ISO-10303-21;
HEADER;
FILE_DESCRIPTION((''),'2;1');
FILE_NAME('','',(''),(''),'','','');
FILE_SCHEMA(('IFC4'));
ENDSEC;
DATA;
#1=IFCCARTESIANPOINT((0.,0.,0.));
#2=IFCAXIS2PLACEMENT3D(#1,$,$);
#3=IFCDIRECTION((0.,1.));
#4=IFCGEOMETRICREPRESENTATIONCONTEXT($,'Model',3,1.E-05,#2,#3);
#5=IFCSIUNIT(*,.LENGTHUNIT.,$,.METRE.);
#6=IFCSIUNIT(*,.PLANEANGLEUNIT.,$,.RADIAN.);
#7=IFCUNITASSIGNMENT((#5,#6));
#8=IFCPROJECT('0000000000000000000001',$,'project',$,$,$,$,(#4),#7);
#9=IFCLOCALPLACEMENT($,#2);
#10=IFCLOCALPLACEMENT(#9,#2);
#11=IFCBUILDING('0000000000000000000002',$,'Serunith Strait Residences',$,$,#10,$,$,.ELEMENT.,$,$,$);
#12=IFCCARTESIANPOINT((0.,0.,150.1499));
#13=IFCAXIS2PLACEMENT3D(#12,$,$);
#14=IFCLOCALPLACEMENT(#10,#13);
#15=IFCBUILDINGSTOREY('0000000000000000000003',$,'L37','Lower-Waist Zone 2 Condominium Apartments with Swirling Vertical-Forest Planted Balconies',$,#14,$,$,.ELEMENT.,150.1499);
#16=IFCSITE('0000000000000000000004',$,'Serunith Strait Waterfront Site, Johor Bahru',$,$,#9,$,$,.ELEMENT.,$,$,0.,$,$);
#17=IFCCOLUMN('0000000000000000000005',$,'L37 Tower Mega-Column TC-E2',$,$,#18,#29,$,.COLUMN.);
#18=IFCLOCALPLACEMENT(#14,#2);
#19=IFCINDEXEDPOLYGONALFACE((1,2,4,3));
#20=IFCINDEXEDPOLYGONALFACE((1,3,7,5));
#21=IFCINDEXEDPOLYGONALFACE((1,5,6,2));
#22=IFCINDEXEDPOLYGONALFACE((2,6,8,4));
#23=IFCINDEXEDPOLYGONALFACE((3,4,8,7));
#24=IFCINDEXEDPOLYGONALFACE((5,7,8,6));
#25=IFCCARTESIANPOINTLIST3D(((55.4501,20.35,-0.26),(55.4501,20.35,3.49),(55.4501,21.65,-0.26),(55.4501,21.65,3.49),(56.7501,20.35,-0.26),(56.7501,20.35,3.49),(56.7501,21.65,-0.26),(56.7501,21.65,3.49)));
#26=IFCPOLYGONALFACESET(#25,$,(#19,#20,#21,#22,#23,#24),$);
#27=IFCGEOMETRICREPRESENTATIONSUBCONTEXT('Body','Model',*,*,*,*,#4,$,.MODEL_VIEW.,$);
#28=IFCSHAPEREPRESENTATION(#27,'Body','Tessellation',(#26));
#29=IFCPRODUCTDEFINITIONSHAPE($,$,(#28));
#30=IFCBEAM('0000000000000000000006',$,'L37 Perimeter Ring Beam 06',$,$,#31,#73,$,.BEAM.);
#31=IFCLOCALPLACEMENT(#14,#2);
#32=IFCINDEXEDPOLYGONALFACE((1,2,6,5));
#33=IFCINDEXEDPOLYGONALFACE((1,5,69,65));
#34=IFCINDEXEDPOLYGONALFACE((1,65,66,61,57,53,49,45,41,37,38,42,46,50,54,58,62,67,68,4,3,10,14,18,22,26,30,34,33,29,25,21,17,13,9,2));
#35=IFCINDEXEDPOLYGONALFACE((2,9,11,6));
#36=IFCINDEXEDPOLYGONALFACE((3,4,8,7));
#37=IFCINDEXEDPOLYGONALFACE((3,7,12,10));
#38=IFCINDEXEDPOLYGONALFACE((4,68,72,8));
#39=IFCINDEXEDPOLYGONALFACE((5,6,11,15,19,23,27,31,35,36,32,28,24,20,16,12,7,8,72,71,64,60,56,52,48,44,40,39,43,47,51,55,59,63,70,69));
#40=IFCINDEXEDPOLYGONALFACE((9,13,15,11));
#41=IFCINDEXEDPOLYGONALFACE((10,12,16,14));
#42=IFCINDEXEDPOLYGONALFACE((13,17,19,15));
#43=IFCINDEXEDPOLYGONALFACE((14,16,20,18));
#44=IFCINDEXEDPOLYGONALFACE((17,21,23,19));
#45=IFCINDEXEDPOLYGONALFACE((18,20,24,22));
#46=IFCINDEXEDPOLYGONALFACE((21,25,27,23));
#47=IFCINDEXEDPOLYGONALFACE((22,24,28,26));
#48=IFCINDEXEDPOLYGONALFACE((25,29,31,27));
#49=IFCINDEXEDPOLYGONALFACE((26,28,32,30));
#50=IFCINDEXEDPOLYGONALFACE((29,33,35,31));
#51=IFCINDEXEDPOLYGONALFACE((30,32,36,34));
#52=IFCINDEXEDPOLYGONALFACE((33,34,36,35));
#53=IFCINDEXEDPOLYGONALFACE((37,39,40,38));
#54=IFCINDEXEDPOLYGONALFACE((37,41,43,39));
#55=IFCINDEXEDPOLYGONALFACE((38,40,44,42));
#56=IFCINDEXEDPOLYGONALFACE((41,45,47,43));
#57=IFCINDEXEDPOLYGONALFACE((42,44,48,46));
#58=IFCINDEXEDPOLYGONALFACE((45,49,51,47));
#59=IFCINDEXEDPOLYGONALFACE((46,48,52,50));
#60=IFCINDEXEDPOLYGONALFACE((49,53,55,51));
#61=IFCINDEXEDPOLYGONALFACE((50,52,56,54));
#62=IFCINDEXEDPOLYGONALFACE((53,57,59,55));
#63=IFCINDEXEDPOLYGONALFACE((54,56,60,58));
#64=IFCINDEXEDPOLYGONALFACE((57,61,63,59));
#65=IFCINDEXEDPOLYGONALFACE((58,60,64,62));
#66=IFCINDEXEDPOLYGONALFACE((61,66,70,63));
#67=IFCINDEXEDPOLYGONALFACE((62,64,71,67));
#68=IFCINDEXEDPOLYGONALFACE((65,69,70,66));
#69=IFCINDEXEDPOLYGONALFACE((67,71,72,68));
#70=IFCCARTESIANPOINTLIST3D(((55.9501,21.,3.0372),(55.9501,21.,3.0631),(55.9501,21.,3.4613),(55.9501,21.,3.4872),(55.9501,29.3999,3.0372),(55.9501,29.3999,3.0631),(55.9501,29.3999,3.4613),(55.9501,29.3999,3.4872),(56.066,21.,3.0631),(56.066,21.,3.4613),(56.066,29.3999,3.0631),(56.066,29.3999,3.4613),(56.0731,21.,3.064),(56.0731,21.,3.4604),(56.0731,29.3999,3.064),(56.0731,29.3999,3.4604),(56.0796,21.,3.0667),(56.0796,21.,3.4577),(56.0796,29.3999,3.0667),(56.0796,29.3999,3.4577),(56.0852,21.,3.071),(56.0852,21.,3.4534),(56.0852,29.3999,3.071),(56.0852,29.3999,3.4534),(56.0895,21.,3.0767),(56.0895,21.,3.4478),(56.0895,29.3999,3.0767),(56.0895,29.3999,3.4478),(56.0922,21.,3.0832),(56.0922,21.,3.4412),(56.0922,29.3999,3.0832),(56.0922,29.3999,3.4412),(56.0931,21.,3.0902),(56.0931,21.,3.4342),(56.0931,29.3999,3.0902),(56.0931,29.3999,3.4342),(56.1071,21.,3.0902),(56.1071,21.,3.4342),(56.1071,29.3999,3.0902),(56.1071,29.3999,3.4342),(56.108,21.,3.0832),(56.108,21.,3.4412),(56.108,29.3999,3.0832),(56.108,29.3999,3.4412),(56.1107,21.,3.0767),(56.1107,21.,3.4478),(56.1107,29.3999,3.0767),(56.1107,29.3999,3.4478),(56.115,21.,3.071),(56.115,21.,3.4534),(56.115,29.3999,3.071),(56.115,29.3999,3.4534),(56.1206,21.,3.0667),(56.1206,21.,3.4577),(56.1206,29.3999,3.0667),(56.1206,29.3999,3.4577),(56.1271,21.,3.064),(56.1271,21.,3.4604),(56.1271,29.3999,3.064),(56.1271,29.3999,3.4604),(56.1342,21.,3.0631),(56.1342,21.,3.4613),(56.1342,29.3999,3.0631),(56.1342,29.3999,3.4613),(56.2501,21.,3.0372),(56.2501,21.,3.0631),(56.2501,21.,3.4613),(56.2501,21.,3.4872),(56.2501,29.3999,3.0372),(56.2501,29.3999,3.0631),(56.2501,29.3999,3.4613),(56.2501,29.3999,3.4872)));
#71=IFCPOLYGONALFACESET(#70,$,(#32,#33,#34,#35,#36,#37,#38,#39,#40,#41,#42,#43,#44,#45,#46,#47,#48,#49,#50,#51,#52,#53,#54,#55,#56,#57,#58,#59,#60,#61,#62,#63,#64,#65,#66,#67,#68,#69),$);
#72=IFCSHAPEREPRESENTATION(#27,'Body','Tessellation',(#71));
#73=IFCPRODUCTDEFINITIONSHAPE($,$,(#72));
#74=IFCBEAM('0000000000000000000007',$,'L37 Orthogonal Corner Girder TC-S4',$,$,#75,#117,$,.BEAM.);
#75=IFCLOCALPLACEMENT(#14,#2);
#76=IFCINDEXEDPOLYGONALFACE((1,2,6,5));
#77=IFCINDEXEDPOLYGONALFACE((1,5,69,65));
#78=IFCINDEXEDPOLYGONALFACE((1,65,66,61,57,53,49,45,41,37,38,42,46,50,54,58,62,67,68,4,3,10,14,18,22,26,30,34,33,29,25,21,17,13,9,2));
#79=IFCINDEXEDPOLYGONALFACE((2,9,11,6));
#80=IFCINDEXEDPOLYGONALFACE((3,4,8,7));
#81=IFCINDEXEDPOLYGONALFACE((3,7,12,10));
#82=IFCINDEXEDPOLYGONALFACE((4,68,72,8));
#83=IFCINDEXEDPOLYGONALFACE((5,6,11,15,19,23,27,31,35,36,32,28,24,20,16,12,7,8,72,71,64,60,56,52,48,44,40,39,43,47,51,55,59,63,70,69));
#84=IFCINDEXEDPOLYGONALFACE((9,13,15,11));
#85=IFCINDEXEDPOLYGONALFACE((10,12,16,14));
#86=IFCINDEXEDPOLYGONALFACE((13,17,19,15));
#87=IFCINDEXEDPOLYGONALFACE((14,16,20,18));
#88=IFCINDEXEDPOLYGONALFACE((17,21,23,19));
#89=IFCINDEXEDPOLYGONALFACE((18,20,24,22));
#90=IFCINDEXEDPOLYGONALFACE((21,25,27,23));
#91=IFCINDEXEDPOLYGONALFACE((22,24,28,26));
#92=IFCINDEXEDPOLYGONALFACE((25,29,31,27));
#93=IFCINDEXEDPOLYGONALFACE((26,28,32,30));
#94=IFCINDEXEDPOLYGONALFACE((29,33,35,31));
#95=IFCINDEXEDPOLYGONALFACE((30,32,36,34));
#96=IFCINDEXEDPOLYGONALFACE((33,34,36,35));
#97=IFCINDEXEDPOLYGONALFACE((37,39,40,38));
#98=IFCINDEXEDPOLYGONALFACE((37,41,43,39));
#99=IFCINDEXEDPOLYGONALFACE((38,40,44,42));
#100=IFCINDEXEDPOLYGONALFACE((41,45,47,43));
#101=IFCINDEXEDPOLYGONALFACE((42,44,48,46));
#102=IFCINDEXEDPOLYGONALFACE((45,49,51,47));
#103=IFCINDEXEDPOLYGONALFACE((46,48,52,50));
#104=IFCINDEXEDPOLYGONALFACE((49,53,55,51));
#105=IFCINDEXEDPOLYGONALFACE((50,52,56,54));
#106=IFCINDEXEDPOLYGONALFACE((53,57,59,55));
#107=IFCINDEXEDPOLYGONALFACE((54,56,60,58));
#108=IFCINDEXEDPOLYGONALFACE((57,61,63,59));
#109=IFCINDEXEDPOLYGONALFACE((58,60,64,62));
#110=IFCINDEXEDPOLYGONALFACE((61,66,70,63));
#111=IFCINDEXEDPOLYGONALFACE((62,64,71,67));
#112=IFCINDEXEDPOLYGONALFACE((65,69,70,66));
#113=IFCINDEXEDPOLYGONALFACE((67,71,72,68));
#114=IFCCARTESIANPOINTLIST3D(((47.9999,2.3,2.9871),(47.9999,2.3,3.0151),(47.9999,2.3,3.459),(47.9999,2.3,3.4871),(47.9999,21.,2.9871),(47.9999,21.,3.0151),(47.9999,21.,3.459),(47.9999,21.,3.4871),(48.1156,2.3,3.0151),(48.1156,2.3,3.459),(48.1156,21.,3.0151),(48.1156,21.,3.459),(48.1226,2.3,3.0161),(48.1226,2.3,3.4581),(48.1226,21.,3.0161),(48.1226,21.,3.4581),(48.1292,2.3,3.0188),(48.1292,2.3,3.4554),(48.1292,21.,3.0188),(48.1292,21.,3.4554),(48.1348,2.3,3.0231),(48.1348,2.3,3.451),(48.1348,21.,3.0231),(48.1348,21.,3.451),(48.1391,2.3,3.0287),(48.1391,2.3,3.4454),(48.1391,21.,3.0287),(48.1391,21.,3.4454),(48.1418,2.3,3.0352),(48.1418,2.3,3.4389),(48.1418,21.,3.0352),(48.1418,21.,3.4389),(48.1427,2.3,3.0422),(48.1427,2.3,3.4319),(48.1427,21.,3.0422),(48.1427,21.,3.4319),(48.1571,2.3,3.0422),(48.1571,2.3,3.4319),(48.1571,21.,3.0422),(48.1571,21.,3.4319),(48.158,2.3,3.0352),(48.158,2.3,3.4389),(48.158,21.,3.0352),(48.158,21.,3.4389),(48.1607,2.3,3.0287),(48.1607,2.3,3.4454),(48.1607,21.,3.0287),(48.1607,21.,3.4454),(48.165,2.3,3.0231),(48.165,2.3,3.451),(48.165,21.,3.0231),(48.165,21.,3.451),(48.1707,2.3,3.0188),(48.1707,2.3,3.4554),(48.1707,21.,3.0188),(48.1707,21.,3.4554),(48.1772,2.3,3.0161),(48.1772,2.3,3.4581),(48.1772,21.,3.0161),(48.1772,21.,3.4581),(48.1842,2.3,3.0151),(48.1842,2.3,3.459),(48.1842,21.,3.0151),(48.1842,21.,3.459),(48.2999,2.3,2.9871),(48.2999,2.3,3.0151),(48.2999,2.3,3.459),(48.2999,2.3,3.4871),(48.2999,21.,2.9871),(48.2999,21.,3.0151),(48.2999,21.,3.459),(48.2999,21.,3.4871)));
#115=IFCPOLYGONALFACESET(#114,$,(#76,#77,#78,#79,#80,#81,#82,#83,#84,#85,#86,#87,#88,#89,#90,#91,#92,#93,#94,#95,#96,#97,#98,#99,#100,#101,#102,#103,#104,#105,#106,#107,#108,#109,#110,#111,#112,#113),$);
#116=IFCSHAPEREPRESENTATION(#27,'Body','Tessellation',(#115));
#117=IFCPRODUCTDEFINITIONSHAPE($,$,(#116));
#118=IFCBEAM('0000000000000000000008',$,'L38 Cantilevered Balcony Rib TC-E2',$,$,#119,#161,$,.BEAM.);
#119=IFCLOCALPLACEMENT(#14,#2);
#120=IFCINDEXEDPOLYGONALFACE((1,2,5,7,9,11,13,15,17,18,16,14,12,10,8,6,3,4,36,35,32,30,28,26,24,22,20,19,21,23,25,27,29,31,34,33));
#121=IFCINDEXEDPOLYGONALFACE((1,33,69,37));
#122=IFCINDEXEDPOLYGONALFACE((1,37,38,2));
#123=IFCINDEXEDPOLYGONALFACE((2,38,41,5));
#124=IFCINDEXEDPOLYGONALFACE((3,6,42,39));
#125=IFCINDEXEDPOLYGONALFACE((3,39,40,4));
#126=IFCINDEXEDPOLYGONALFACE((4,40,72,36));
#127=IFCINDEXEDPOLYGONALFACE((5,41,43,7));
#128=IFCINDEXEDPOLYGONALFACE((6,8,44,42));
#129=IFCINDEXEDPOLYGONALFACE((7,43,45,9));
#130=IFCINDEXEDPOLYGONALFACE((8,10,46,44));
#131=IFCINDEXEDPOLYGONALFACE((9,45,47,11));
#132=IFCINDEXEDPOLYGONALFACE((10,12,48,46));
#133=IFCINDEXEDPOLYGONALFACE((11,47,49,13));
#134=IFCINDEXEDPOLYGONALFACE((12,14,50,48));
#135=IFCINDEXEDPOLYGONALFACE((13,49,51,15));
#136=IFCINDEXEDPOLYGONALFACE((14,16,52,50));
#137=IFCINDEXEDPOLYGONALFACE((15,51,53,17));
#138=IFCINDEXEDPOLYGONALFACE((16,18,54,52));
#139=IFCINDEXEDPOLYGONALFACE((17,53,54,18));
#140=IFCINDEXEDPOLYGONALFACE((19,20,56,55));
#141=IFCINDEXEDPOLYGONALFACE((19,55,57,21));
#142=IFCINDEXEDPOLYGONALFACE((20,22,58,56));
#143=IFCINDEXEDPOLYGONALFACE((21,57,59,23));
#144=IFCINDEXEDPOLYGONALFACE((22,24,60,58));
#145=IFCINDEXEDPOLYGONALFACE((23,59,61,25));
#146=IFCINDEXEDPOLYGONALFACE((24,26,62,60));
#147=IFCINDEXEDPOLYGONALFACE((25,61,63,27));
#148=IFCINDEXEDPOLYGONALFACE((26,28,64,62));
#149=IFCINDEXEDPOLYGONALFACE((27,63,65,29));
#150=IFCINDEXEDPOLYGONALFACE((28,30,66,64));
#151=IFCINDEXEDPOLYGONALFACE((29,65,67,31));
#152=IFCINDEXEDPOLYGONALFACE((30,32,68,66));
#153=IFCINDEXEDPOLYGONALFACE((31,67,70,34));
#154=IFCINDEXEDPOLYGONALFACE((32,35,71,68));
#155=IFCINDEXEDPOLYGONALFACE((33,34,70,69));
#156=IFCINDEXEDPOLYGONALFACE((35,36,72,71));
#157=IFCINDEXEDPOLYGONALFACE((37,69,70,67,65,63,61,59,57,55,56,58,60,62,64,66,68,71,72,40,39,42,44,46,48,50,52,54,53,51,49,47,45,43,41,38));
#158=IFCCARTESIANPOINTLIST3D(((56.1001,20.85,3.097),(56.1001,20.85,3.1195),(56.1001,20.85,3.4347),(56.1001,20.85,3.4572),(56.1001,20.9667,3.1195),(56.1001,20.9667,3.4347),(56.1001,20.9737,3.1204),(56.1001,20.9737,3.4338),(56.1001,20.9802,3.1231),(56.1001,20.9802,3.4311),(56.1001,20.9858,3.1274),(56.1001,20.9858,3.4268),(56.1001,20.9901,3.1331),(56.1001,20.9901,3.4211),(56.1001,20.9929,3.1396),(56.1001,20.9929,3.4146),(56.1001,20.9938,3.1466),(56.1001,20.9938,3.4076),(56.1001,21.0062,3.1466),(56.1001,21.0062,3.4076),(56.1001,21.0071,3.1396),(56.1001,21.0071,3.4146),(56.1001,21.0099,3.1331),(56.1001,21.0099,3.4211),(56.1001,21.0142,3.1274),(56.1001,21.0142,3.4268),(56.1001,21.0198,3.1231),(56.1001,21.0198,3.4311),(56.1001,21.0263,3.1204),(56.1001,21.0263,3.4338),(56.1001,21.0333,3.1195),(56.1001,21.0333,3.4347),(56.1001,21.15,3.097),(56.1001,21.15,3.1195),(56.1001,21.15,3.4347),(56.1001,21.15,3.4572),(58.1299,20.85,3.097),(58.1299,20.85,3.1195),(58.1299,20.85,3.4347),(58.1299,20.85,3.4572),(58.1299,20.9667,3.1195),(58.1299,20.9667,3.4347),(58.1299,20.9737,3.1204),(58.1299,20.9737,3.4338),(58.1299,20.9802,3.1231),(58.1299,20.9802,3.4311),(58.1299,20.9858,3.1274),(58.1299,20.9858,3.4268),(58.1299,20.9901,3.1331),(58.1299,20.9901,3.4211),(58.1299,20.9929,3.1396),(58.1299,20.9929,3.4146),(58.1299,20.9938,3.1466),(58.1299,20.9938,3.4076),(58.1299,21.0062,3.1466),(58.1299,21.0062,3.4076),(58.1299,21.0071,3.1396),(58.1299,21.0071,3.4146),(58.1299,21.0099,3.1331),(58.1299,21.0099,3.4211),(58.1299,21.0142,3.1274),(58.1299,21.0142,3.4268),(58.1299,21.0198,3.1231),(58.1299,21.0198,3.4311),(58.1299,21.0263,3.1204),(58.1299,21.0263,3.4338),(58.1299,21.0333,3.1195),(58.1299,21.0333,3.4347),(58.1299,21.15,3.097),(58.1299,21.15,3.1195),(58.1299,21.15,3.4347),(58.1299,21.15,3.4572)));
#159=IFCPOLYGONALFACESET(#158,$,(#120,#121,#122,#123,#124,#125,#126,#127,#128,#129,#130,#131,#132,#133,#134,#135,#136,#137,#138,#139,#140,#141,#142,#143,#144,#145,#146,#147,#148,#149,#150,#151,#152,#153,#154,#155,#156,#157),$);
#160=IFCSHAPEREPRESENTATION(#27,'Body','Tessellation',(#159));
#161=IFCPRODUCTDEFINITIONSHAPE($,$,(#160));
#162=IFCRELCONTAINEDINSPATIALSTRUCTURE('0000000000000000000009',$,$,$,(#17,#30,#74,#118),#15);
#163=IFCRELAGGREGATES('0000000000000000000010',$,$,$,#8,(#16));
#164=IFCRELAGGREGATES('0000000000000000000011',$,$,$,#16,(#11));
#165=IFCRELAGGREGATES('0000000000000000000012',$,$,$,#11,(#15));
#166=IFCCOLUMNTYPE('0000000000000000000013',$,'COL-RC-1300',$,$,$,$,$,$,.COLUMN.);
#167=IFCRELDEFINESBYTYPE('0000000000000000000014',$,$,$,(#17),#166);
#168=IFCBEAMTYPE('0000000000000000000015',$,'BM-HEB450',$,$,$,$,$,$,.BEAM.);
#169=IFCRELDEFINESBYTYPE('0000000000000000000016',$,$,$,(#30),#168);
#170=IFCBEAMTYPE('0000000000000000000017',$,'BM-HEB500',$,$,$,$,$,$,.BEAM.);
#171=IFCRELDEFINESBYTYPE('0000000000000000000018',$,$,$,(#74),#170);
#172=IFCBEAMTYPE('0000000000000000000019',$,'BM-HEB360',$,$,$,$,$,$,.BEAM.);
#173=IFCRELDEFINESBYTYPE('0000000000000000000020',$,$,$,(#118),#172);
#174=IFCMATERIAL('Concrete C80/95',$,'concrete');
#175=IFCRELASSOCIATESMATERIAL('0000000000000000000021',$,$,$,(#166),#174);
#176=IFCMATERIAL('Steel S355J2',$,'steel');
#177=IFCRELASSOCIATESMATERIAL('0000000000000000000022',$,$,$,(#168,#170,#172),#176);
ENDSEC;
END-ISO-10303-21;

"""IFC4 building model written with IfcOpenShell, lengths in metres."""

from ifc_helpers import new_model, si_unit, direction, frame, origin, origin_2d, place, context, subcontext, project, spatial, rectangle, i_section, extrude, source, transform, mapped, material, material_profile, profile_set, type_object, element, save


model = new_model("IFC4")

# Units and contexts
model_context = context("Model", 3, precision=1e-05, world=origin(), true_north=direction((0.0, 1.0)))
body_context = subcontext(model_context, "Body", "Model", "MODEL_VIEW")
ifc_project = project(units=[si_unit("LENGTHUNIT", "METRE"), si_unit("PLANEANGLEUNIT", "RADIAN")], contexts=[model_context])

# Site, building, storey
site_placement = place(None, origin())
site = spatial("IfcSite", under=ifc_project, at=site_placement, Name="Serunith Strait Waterfront Site, Johor Bahru", CompositionType="ELEMENT", RefElevation=0.0)
building_placement = place(site_placement, origin())
building = spatial("IfcBuilding", under=site, at=building_placement, Name="Serunith Strait Residences", CompositionType="ELEMENT")
storey_placement = place(building_placement, frame((0.0, 0.0, 150.1499)))
storey = spatial("IfcBuildingStorey", under=building, at=storey_placement, Name="L37", Description="Lower-Waist Zone 2 Condominium Apartments with Swirling Vertical-Forest Planted Balconies", CompositionType="ELEMENT", Elevation=150.1499)

# Column
ifc_material_1 = material(Name="Concrete C80/95", Category="concrete")
ifc_material_profile_1 = material_profile(ifc_material_1, rectangle(XDim=1.3, YDim=1.3, at=origin_2d()), Name="RC 1300x1300")
ifc_profile_set_1 = profile_set([ifc_material_profile_1], Name="Concrete C80/95")
column_type = type_object("IfcColumnType", Name="COL-RC-1300", PredefinedType="COLUMN", material=ifc_profile_set_1)
shared_shape_1 = source(origin(), body_context, "Body", "SweptSolid", [
    extrude(rectangle(XDim=1.3, YDim=1.3, at=origin_2d()), origin(), (0.0, 0.0, 1.0), 3.75),
])
column_placement = place(storey_placement, frame((56.1001, 21.0, -0.26), z_axis=(0.0, 0.0, 1.0), x_axis=(1.0, 0.0, 0.0)))
element("IfcColumn", 1, at=column_placement, inside=storey, type_object=column_type, Name="L37 Tower Mega-Column TC-E2", PredefinedType="COLUMN", context=body_context, shape_type="MappedRepresentation", body=[
    mapped(shared_shape_1, transform((0.0, 0.0, 0.0), scale=1.0)),
])

# Beams
ifc_material_2 = material(Name="Steel S355J2", Category="steel")
ifc_material_profile_2 = material_profile(ifc_material_2, i_section(OverallWidth=0.3, OverallDepth=0.45, WebThickness=0.0139, FlangeThickness=0.0259, FilletRadius=0.0271, at=origin_2d()), Name="HEB 450")
ifc_profile_set_2 = profile_set([ifc_material_profile_2], Name="Steel S355J2")
beam_type_1 = type_object("IfcBeamType", Name="BM-HEB450", PredefinedType="BEAM", material=ifc_profile_set_2)
shared_shape_2 = source(origin(), body_context, "Body", "SweptSolid", [
    extrude(i_section(OverallWidth=0.3, OverallDepth=0.45, WebThickness=0.0139, FlangeThickness=0.0259, FilletRadius=0.0271, at=origin_2d()), origin(), (0.0, 0.0, 1.0), 8.3999),
])
beam_1_placement = place(storey_placement, frame((56.1001, 21.0, 3.2622), z_axis=(0.0, 1.0, 0.0), x_axis=(-1.0, 0.0, 0.0)))
element("IfcBeam", 2, at=beam_1_placement, inside=storey, type_object=beam_type_1, Name="L37 Perimeter Ring Beam 06", PredefinedType="BEAM", context=body_context, shape_type="MappedRepresentation", body=[
    mapped(shared_shape_2, transform((0.0, 0.0, 0.0), scale=1.0)),
])
ifc_material_profile_3 = material_profile(ifc_material_2, i_section(OverallWidth=0.3, OverallDepth=0.5, WebThickness=0.0144, FlangeThickness=0.0281, FilletRadius=0.0271, at=origin_2d()), Name="HEB 500")
ifc_profile_set_3 = profile_set([ifc_material_profile_3], Name="Steel S355J2")
beam_type_2 = type_object("IfcBeamType", Name="BM-HEB500", PredefinedType="BEAM", material=ifc_profile_set_3)
shared_shape_3 = source(origin(), body_context, "Body", "SweptSolid", [
    extrude(i_section(OverallWidth=0.3, OverallDepth=0.5, WebThickness=0.0144, FlangeThickness=0.0281, FilletRadius=0.0271, at=origin_2d()), origin(), (0.0, 0.0, 1.0), 18.7),
])
beam_2_placement = place(storey_placement, frame((48.1499, 21.0, 3.2371), z_axis=(0.0, -1.0, 0.0), x_axis=(1.0, 0.0, 0.0)))
element("IfcBeam", 3, at=beam_2_placement, inside=storey, type_object=beam_type_2, Name="L37 Orthogonal Corner Girder TC-S4", PredefinedType="BEAM", context=body_context, shape_type="MappedRepresentation", body=[
    mapped(shared_shape_3, transform((0.0, 0.0, 0.0), scale=1.0)),
])
ifc_material_profile_4 = material_profile(ifc_material_2, i_section(OverallWidth=0.3, OverallDepth=0.3601, WebThickness=0.0125, FlangeThickness=0.0225, FilletRadius=0.0271, at=origin_2d()), Name="HEB 360")
ifc_profile_set_4 = profile_set([ifc_material_profile_4], Name="Steel S355J2")
beam_type_3 = type_object("IfcBeamType", Name="BM-HEB360", PredefinedType="BEAM", material=ifc_profile_set_4)
shared_shape_4 = source(origin(), body_context, "Body", "SweptSolid", [
    extrude(i_section(OverallWidth=0.3, OverallDepth=0.3601, WebThickness=0.0125, FlangeThickness=0.0225, FilletRadius=0.0271, at=origin_2d()), origin(), (0.0, 0.0, 1.0), 2.0298),
])
beam_3_placement = place(storey_placement, frame((56.1001, 21.0, 3.2771), z_axis=(1.0, 0.0, 0.0), x_axis=(0.0, 1.0, 0.0)))
element("IfcBeam", 4, at=beam_3_placement, inside=storey, type_object=beam_type_3, Name="L38 Cantilevered Balcony Rib TC-E2", PredefinedType="BEAM", context=body_context, shape_type="MappedRepresentation", body=[
    mapped(shared_shape_4, transform((0.0, 0.0, 0.0), scale=1.0)),
])

save(model, "model.ifc")
